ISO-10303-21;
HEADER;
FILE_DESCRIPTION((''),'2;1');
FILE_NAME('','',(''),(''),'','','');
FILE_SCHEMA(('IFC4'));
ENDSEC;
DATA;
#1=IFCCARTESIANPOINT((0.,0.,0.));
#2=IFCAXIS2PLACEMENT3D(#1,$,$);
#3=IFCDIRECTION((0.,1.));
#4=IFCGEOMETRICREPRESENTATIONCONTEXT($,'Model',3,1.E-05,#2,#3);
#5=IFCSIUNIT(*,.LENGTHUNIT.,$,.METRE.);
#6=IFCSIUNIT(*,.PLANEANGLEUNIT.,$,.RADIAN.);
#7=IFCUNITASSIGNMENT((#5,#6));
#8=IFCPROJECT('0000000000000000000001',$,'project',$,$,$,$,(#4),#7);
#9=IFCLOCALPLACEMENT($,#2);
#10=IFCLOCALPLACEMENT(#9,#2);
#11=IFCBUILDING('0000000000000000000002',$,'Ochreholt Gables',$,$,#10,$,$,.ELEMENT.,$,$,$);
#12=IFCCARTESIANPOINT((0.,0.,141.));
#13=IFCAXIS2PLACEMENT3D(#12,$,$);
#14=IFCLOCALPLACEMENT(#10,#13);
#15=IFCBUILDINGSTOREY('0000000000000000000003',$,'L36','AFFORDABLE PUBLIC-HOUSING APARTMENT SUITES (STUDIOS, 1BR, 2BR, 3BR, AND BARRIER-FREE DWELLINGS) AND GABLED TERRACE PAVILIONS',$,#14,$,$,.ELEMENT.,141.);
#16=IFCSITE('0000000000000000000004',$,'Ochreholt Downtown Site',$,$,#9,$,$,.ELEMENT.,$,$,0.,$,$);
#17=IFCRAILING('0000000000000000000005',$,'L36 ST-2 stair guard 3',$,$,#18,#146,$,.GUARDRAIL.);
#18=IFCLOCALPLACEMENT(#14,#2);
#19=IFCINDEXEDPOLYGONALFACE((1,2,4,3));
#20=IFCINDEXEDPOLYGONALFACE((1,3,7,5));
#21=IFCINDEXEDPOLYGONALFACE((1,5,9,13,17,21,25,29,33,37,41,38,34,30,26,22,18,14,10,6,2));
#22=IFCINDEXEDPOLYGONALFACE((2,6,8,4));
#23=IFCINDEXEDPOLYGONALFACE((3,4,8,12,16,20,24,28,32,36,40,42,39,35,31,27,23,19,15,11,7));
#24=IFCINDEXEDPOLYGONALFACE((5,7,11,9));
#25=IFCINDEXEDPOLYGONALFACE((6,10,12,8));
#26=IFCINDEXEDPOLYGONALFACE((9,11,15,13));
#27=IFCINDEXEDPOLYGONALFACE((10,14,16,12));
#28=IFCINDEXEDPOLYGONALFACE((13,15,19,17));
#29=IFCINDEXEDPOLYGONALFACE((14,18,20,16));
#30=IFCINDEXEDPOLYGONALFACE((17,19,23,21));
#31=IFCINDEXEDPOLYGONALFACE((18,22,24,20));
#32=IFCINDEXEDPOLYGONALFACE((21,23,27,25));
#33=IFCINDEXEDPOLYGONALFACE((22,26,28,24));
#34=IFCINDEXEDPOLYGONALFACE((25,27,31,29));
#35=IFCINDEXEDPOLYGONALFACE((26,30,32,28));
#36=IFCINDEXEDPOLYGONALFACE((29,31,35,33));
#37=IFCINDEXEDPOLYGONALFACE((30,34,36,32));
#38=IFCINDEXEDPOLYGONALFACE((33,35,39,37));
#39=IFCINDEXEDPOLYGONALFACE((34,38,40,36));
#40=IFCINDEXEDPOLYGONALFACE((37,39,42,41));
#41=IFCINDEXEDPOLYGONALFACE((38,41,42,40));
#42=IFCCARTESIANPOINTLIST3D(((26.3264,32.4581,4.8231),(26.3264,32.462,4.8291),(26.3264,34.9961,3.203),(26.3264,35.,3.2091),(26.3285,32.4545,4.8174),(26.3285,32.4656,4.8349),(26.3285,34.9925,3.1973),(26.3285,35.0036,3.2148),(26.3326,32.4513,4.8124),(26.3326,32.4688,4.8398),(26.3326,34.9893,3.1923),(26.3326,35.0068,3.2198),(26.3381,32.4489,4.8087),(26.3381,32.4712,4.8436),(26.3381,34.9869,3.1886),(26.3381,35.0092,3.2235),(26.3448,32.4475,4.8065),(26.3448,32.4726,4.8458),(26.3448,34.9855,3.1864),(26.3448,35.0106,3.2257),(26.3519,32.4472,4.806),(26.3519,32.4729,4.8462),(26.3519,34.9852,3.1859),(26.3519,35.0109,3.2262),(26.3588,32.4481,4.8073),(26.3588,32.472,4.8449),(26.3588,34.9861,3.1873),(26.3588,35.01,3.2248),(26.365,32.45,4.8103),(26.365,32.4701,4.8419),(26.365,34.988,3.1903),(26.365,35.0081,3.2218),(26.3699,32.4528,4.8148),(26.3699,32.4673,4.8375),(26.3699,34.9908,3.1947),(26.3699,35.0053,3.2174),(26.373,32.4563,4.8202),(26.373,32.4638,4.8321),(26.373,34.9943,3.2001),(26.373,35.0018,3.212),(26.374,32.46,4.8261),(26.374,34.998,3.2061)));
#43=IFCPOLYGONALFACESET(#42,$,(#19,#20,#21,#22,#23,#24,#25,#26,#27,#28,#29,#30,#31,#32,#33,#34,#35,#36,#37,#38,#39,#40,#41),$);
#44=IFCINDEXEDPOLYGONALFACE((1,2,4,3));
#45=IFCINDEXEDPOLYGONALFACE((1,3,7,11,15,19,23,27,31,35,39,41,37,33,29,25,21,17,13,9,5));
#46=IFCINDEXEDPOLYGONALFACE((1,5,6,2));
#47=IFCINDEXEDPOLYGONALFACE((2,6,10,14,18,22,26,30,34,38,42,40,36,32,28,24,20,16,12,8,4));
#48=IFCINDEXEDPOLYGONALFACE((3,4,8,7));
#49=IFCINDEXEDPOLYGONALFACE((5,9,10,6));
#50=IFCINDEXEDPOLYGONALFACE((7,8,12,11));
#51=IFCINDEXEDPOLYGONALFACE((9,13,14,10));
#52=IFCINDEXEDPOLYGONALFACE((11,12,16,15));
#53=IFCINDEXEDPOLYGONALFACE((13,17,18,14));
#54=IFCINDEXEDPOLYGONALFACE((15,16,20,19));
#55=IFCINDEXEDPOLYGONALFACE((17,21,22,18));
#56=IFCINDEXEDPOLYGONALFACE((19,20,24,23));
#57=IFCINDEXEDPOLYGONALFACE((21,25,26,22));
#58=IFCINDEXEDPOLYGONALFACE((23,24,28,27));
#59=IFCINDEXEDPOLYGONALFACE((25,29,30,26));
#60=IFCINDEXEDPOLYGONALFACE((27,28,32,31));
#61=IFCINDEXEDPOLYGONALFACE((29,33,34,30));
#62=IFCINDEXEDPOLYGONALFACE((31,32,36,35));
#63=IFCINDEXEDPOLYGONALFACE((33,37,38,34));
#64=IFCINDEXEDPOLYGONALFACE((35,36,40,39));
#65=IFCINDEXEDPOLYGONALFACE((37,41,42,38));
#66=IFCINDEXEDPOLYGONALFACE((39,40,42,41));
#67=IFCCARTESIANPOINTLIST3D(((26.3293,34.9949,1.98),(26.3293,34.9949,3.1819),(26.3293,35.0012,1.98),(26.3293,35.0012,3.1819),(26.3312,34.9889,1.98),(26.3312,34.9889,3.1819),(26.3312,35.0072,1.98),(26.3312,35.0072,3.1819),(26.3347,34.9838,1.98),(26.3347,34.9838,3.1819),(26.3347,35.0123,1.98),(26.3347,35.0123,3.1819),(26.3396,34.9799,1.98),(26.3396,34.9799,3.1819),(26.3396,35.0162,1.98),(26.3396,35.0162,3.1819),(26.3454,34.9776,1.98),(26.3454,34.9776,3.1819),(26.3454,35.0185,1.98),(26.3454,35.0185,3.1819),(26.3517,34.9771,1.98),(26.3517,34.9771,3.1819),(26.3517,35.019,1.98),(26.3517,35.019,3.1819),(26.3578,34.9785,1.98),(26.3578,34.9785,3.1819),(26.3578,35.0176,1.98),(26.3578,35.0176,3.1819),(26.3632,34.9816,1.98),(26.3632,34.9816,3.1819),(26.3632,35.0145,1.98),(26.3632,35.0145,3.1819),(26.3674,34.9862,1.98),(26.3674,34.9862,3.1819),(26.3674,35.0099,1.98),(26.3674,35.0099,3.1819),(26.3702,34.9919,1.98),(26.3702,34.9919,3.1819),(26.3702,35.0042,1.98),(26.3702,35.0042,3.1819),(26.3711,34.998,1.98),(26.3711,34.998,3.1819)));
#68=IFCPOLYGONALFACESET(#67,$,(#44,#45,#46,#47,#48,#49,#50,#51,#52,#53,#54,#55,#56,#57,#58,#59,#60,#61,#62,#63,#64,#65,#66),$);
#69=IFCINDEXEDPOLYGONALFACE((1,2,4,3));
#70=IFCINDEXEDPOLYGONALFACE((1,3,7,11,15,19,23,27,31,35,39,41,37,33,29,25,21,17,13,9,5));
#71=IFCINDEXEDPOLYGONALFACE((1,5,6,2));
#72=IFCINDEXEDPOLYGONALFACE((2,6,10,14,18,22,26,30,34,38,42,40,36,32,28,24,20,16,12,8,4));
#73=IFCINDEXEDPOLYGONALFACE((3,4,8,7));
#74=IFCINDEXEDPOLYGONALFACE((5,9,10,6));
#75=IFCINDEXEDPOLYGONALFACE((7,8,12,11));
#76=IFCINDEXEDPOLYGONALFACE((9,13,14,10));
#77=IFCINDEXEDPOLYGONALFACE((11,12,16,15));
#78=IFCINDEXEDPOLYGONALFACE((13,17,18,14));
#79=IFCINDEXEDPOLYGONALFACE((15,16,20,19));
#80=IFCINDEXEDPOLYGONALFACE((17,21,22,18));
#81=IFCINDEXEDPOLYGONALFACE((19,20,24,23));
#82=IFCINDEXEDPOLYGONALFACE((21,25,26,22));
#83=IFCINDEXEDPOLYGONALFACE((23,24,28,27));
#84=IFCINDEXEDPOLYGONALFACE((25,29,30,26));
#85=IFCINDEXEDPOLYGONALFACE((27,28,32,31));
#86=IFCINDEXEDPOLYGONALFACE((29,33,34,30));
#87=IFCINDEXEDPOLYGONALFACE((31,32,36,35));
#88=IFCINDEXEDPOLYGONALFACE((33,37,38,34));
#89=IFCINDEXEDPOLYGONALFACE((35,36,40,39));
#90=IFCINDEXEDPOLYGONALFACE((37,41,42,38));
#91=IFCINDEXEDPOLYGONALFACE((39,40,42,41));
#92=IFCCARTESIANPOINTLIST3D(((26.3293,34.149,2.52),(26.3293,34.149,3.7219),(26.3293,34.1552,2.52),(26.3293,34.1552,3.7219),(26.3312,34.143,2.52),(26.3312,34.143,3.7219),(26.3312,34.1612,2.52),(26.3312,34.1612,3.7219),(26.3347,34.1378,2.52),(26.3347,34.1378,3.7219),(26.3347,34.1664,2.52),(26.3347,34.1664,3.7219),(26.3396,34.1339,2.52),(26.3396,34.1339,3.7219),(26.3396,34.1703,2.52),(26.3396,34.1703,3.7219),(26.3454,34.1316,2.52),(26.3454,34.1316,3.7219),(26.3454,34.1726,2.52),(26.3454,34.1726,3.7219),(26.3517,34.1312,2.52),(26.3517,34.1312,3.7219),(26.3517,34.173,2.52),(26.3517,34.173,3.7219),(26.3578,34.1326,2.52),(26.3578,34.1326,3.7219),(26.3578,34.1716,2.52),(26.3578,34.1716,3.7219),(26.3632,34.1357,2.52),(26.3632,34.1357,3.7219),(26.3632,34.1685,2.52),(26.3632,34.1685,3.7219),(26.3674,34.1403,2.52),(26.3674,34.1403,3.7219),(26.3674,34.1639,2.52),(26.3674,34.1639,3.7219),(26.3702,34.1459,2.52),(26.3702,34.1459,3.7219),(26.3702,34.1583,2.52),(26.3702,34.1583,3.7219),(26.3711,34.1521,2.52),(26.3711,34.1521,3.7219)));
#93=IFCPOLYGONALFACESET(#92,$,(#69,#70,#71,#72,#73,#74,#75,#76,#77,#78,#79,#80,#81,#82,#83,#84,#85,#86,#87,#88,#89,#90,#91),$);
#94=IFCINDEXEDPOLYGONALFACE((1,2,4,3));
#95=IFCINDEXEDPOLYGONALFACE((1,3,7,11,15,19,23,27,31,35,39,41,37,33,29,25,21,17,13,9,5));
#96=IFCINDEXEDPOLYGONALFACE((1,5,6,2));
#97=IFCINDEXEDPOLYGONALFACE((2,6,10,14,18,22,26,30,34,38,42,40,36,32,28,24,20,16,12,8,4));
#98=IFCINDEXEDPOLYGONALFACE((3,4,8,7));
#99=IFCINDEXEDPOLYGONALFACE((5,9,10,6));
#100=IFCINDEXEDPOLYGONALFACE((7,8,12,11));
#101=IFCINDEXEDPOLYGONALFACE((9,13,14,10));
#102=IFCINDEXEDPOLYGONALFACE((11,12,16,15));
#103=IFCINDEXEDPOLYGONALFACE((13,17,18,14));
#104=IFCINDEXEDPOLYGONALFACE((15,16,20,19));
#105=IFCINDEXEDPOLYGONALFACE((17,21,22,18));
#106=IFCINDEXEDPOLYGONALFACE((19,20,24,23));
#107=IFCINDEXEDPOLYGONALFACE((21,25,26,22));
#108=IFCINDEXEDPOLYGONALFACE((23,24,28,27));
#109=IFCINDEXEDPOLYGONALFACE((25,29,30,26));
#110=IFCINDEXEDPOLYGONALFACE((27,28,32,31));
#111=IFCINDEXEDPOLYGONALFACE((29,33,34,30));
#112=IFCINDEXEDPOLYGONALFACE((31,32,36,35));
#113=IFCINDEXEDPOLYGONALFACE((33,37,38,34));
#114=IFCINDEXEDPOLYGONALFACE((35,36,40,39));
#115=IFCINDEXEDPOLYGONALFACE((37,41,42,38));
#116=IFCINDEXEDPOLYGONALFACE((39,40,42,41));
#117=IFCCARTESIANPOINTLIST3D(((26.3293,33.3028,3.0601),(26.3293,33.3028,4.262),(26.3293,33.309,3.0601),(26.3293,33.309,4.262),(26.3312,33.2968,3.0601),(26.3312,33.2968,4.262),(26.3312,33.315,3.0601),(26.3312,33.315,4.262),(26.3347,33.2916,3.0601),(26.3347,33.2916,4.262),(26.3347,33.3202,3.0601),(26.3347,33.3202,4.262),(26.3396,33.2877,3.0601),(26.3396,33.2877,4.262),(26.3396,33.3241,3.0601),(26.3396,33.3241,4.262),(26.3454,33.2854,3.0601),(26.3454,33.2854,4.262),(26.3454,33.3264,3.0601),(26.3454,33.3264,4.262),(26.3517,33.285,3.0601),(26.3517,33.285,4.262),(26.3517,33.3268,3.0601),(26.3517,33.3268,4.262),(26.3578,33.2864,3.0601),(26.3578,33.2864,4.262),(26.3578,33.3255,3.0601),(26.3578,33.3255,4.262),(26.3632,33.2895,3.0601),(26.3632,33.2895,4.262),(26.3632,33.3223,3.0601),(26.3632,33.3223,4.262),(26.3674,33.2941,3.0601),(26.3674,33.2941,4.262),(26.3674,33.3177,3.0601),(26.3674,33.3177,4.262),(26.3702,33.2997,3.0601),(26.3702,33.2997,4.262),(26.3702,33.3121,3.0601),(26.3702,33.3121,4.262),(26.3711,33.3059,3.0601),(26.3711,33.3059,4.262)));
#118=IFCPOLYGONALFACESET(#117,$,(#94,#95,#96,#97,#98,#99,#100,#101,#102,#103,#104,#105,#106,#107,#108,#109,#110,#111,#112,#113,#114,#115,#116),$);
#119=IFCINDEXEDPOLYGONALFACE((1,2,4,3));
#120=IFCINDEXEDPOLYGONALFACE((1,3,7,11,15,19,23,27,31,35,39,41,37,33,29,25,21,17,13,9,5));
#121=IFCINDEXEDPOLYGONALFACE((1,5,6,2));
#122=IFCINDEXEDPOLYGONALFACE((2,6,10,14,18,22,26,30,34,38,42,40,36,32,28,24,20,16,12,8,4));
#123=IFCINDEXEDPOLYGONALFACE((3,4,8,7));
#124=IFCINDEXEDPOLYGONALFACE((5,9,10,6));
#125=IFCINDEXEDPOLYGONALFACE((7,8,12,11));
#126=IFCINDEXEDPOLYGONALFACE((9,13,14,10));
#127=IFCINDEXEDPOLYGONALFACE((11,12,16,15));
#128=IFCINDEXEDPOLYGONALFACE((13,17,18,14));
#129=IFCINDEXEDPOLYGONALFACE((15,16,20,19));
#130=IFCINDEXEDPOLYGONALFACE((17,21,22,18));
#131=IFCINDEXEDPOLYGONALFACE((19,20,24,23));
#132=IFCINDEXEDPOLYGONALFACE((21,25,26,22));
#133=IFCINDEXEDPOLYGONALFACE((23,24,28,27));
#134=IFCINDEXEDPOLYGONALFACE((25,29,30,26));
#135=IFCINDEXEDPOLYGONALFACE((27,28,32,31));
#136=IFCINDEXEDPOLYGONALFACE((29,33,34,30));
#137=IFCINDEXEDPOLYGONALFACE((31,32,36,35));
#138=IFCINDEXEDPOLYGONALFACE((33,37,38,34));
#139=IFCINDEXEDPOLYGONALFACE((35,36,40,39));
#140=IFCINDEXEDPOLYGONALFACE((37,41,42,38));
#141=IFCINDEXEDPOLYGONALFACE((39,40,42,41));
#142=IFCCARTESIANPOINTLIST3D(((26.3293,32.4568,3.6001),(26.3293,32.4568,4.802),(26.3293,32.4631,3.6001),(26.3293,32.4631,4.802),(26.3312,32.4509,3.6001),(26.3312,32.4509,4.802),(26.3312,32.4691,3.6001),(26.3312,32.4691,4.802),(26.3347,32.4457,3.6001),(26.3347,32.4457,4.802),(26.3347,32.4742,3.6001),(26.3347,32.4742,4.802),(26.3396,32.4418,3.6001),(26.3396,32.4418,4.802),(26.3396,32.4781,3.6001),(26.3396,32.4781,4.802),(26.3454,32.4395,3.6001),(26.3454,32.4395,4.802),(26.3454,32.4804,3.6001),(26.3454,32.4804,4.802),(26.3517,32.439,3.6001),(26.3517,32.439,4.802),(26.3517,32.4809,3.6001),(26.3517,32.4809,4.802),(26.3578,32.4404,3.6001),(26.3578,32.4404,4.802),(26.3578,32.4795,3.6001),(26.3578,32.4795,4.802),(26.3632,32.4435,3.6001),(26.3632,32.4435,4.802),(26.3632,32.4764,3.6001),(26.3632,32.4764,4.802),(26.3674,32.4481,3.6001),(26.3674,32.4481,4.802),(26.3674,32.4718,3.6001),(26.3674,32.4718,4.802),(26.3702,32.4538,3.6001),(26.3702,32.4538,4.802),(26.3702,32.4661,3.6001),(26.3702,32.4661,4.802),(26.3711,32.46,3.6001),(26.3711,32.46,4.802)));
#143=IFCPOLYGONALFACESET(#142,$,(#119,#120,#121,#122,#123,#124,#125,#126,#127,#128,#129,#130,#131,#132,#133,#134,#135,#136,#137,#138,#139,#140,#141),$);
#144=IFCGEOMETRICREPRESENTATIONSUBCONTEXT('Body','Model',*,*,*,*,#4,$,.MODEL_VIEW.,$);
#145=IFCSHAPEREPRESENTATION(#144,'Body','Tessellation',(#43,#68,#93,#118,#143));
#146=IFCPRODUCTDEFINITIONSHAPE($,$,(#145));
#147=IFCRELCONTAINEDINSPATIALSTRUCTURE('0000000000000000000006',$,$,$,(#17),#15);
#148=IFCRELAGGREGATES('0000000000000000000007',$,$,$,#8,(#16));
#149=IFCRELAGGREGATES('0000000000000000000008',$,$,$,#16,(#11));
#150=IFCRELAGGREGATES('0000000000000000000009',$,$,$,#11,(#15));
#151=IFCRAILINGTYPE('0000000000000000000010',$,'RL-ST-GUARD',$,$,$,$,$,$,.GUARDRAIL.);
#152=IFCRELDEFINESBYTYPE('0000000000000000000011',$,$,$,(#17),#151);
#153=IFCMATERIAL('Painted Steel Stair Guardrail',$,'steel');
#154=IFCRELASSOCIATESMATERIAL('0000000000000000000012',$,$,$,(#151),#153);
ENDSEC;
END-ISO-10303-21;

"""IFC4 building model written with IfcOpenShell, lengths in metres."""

from ifc_helpers import new_model, si_unit, direction, frame, origin, origin_2d, place, context, subcontext, project, spatial, circle, extrude, material, type_object, element, save


model = new_model("IFC4")

# Units and contexts
model_context = context("Model", 3, precision=1e-05, world=origin(), true_north=direction((0.0, 1.0)))
body_context = subcontext(model_context, "Body", "Model", "MODEL_VIEW")
ifc_project = project(units=[si_unit("LENGTHUNIT", "METRE"), si_unit("PLANEANGLEUNIT", "RADIAN")], contexts=[model_context])

# Site, building, storey
site_placement = place(None, origin())
site = spatial("IfcSite", under=ifc_project, at=site_placement, Name="Ochreholt Downtown Site", CompositionType="ELEMENT", RefElevation=0.0)
building_placement = place(site_placement, origin())
building = spatial("IfcBuilding", under=site, at=building_placement, Name="Ochreholt Gables", CompositionType="ELEMENT")
storey_placement = place(building_placement, frame((0.0, 0.0, 141.0)))
storey = spatial("IfcBuildingStorey", under=building, at=storey_placement, Name="L36", Description="AFFORDABLE PUBLIC-HOUSING APARTMENT SUITES (STUDIOS, 1BR, 2BR, 3BR, AND BARRIER-FREE DWELLINGS) AND GABLED TERRACE PAVILIONS", CompositionType="ELEMENT", Elevation=141.0)

# Railing
ifc_material_1 = material(Name="Painted Steel Stair Guardrail", Category="steel")
railing_type_1 = type_object("IfcRailingType", Name="RL-ST-GUARD", PredefinedType="GUARDRAIL", material=ifc_material_1)
railing_1_placement = place(storey_placement, frame((26.3501, 34.998, 1.98)))
element("IfcRailing", 1, at=railing_1_placement, inside=storey, type_object=railing_type_1, Name="L36 ST-2 stair guard 3", PredefinedType="GUARDRAIL", context=body_context, shape_type="SweptSolid", body=[
    extrude(circle(Radius=0.0239, at=origin_2d()), frame((0.0, 0.0, 1.2261), z_axis=(0.0, -0.842913, 0.53805), x_axis=(1.0, 0.0, 0.0)), (0.0, 0.0, 1.0), 3.011),
    extrude(circle(Radius=0.021, at=origin_2d()), origin(), (0.0, 0.0, 1.0), 1.2019),
    extrude(circle(Radius=0.021, at=origin_2d()), frame((0.0, -0.8459, 0.54)), (0.0, 0.0, 1.0), 1.2019),
    extrude(circle(Radius=0.021, at=origin_2d()), frame((0.0, -1.6921, 1.0801)), (0.0, 0.0, 1.0), 1.2019),
    extrude(circle(Radius=0.021, at=origin_2d()), frame((0.0, -2.5381, 1.6201)), (0.0, 0.0, 1.0), 1.2019),
])

save(model, "model.ifc")
